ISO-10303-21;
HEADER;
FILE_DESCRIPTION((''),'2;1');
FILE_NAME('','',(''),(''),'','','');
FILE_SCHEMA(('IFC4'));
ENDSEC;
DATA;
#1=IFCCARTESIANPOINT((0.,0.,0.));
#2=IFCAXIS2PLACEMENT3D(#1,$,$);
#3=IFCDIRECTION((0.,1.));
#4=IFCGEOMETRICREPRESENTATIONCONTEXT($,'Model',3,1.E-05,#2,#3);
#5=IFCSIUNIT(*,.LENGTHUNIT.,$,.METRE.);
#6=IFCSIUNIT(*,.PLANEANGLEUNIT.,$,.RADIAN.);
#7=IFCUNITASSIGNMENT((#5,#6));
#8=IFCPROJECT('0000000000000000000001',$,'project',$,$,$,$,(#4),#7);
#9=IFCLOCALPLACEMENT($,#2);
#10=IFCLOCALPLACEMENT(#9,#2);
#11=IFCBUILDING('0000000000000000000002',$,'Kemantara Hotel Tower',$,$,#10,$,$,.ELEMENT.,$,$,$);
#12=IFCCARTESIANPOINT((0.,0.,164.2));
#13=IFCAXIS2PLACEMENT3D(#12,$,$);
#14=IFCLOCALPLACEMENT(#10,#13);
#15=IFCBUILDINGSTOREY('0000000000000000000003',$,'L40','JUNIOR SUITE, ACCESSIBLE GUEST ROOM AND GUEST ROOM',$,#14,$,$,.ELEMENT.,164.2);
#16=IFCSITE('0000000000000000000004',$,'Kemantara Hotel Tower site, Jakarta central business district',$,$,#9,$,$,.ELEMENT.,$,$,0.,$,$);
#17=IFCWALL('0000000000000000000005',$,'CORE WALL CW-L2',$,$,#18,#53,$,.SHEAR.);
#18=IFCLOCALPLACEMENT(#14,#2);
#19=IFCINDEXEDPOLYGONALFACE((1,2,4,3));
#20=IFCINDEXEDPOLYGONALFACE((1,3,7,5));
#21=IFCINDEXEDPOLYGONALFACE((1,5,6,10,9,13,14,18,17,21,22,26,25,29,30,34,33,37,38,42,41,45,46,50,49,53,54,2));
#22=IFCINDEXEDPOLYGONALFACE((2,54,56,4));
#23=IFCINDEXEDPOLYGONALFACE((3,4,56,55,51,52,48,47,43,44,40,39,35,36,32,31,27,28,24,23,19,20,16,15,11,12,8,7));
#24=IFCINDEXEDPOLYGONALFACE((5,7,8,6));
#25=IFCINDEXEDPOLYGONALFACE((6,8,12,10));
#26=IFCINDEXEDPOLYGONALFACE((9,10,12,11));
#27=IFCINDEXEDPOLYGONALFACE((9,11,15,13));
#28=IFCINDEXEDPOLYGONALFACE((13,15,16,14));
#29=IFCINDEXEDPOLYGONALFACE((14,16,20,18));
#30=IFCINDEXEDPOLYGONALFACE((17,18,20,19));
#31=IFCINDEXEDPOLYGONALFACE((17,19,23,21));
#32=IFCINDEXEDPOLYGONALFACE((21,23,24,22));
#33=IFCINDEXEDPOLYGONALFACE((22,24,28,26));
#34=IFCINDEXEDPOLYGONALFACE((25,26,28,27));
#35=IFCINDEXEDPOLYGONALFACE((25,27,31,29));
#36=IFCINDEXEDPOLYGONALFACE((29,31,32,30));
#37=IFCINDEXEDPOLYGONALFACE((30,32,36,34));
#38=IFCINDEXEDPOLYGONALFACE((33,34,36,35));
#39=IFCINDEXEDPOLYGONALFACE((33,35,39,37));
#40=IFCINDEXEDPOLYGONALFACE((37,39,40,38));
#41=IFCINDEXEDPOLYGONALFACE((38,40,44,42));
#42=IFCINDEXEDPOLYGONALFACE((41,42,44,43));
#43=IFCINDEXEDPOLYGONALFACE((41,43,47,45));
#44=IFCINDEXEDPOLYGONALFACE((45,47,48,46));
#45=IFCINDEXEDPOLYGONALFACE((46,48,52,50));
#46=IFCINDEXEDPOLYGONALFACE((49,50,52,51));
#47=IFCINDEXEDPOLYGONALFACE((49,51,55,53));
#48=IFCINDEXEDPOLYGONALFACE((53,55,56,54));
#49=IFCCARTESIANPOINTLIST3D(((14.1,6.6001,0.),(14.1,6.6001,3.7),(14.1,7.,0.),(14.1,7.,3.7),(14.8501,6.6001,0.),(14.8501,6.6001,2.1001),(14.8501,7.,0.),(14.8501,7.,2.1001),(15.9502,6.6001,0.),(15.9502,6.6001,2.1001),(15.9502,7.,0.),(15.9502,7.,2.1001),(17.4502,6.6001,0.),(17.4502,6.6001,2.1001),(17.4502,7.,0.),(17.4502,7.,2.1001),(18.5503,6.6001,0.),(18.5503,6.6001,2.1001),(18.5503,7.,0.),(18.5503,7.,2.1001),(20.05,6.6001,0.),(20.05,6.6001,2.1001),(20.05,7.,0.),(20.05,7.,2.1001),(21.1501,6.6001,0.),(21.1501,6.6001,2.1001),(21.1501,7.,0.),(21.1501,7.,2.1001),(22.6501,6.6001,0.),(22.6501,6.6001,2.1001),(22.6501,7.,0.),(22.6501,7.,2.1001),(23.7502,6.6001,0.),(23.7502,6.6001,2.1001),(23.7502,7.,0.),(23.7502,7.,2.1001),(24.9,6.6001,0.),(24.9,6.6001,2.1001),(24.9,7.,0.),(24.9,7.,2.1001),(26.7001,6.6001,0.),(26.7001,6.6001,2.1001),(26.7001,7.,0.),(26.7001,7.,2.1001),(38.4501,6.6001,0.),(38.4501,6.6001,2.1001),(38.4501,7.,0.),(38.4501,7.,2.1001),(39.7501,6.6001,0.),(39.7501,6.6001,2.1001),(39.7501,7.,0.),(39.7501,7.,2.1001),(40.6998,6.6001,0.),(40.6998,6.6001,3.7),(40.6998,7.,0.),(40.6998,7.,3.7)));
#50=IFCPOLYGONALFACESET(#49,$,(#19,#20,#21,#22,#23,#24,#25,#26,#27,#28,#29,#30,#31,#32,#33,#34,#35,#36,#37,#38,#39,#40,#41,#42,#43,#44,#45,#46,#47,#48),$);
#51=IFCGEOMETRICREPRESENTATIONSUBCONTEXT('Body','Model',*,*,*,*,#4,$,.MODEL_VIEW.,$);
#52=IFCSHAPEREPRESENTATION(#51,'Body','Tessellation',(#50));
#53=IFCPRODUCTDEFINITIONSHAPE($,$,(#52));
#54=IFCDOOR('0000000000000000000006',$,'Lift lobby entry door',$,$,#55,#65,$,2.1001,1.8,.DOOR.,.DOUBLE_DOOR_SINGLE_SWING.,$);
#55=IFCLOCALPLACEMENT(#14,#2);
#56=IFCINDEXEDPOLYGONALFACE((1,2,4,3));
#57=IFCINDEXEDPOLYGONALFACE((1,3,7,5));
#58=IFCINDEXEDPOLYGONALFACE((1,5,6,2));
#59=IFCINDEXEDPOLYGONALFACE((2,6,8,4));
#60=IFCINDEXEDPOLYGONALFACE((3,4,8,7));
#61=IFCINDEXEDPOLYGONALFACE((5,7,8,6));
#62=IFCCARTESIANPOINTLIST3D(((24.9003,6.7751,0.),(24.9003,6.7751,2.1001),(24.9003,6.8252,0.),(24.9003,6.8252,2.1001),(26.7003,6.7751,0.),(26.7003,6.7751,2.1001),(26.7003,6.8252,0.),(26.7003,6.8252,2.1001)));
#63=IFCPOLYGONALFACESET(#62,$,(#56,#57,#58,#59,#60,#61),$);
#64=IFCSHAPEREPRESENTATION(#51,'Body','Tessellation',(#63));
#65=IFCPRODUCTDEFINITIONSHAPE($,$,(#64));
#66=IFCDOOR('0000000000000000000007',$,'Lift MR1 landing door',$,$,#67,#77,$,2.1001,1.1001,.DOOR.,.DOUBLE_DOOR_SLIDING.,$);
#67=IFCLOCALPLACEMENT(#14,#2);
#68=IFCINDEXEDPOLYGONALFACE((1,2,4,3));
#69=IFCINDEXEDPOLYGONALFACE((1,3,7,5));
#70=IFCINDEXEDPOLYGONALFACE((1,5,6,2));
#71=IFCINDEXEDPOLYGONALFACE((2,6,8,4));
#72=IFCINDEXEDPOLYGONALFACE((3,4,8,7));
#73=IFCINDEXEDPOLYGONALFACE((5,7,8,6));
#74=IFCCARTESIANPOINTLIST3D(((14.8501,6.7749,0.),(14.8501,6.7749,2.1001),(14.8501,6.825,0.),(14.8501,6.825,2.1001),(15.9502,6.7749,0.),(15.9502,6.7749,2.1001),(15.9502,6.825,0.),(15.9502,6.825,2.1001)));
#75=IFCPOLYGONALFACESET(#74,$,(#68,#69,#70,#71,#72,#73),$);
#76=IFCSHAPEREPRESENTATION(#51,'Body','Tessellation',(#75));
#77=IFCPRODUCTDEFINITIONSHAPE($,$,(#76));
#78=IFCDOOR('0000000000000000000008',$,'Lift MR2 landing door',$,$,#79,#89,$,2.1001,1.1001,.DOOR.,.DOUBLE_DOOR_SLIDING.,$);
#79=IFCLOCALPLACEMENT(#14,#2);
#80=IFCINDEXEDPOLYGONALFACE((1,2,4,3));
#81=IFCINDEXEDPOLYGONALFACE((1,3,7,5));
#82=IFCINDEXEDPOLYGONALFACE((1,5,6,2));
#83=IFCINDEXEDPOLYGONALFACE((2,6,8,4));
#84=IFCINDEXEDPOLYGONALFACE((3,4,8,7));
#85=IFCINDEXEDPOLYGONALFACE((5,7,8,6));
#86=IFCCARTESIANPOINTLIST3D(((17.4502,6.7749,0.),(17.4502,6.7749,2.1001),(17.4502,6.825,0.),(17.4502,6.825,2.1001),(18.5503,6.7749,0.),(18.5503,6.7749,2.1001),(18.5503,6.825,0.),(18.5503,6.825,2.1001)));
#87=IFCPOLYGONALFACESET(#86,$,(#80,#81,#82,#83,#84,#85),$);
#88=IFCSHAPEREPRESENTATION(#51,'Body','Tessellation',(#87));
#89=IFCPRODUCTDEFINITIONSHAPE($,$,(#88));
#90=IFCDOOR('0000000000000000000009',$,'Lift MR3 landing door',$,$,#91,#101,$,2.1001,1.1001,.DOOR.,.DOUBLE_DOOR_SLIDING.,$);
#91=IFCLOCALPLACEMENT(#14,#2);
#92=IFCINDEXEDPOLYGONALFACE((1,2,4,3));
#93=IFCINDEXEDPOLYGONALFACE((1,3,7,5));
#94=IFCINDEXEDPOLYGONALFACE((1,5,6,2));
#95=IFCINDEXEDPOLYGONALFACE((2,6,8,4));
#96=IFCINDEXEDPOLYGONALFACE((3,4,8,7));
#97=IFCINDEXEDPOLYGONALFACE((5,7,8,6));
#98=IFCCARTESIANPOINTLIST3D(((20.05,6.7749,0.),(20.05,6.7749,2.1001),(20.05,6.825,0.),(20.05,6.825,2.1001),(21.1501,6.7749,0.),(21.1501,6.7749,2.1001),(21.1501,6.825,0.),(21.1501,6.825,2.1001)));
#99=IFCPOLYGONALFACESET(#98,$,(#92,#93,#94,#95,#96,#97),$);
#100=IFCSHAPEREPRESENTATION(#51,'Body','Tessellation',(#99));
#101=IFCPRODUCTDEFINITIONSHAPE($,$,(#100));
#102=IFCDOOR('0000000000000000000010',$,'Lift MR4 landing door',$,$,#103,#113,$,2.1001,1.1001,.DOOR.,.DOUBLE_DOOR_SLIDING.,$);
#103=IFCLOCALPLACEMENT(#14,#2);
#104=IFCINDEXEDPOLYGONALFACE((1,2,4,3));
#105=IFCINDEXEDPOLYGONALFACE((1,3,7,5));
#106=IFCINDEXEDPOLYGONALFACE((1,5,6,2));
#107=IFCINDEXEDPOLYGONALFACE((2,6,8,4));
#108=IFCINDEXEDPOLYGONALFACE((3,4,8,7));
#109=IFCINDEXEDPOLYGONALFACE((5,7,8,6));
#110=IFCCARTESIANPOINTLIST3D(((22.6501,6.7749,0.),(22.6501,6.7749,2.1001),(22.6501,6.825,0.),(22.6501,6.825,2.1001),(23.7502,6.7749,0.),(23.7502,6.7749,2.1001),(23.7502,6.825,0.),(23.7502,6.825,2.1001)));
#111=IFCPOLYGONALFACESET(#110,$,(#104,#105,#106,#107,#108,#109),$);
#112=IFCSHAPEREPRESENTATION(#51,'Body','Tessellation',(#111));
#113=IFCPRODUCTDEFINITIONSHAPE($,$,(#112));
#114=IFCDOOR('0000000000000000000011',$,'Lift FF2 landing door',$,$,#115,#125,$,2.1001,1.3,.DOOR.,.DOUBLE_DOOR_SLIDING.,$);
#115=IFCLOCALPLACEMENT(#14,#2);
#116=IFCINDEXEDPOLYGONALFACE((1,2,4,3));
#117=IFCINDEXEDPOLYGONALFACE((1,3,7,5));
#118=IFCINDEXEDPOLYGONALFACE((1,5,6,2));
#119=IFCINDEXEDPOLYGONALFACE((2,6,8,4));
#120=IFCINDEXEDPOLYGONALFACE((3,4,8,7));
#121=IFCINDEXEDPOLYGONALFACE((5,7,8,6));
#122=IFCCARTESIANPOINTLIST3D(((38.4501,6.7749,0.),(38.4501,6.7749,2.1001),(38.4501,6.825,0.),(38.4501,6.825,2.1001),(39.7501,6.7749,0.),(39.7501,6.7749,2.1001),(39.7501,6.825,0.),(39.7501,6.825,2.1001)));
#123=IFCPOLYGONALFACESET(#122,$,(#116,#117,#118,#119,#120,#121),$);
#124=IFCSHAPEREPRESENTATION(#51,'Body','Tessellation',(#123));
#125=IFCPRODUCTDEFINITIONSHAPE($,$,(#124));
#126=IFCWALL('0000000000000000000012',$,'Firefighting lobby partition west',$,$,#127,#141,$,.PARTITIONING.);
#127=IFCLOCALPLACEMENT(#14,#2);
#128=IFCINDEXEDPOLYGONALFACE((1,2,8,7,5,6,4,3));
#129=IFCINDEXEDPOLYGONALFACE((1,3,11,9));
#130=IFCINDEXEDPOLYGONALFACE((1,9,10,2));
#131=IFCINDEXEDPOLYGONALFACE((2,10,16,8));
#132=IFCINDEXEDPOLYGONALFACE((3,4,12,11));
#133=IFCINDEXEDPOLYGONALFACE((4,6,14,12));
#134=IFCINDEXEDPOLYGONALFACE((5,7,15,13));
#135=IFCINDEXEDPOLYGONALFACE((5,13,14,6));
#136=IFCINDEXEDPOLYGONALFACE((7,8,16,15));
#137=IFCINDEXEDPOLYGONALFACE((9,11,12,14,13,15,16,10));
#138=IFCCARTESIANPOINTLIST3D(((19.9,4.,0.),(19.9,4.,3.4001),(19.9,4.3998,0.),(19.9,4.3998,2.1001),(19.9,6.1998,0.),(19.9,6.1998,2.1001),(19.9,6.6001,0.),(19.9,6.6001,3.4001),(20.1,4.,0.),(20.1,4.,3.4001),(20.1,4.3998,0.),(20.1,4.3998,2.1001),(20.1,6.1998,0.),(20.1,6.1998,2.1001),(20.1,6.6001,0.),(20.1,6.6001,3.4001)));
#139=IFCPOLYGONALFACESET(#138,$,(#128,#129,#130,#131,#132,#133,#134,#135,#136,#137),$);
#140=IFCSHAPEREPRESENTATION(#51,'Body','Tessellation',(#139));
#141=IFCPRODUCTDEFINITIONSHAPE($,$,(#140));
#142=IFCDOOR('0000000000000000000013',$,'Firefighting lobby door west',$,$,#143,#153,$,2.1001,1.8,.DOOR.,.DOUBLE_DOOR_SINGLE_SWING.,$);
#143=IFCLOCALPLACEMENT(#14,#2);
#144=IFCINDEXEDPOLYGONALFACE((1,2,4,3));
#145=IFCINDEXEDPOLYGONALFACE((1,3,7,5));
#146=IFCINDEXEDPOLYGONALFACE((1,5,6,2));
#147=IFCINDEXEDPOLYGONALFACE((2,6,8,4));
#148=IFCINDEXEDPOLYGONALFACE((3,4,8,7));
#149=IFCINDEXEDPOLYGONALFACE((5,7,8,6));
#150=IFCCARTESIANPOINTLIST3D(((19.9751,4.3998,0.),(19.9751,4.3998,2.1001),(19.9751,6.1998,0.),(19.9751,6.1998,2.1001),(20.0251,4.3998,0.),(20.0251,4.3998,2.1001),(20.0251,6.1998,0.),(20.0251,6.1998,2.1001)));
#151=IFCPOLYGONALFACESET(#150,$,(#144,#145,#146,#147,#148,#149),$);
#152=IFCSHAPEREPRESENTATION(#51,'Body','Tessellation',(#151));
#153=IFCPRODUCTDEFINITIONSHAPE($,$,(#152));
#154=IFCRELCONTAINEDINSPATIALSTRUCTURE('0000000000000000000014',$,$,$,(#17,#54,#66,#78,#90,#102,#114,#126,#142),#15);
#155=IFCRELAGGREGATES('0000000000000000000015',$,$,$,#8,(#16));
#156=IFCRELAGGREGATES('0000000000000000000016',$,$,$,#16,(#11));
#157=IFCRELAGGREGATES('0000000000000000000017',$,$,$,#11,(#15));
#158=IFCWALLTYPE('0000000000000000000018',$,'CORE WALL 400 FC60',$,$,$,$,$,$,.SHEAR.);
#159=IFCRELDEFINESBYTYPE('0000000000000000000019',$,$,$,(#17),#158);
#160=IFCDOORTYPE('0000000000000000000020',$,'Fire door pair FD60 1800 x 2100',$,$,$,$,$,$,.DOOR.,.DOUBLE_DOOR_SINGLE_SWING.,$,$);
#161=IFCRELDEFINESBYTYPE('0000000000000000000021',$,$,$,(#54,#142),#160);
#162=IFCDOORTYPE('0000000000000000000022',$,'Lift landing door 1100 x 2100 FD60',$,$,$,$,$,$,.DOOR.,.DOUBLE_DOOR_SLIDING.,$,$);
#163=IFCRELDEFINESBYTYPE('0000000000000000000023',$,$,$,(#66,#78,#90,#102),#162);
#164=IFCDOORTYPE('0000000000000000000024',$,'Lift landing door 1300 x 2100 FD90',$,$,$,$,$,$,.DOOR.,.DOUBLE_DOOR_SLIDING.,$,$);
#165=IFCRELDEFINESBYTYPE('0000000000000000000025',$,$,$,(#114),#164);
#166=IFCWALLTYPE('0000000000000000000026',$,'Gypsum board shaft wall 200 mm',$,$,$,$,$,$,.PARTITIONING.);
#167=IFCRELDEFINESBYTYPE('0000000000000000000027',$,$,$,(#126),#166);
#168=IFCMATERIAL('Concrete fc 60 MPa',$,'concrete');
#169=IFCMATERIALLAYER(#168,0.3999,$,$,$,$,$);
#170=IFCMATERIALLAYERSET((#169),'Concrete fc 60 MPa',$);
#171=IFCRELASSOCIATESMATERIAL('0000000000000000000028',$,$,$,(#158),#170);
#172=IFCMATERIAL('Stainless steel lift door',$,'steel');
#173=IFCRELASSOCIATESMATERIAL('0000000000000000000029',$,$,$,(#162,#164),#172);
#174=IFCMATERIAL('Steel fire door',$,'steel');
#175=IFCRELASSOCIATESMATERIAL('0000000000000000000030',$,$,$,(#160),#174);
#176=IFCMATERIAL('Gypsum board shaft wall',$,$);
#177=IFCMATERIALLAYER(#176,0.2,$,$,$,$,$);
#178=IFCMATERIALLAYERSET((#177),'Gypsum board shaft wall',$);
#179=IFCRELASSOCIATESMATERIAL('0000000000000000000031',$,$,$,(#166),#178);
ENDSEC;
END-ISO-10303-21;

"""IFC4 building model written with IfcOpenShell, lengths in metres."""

from ifc_helpers import new_model, si_unit, direction, frame, frame_2d, origin, place, context, subcontext, project, spatial, rectangle, extrude, material, layer, layer_set, type_object, element, fill, save


model = new_model("IFC4")

# Units and contexts
model_context = context("Model", 3, precision=1e-05, world=origin(), true_north=direction((0.0, 1.0)))
body_context = subcontext(model_context, "Body", "Model", "MODEL_VIEW")
ifc_project = project(units=[si_unit("LENGTHUNIT", "METRE"), si_unit("PLANEANGLEUNIT", "RADIAN")], contexts=[model_context])

# Site, building, storey
site_placement = place(None, origin())
site = spatial("IfcSite", under=ifc_project, at=site_placement, Name="Kemantara Hotel Tower site, Jakarta central business district", CompositionType="ELEMENT", RefElevation=0.0)
building_placement = place(site_placement, origin())
building = spatial("IfcBuilding", under=site, at=building_placement, Name="Kemantara Hotel Tower", CompositionType="ELEMENT")
storey_placement = place(building_placement, frame((0.0, 0.0, 164.2)))
storey = spatial("IfcBuildingStorey", under=building, at=storey_placement, Name="L40", Description="JUNIOR SUITE, ACCESSIBLE GUEST ROOM AND GUEST ROOM", CompositionType="ELEMENT", Elevation=164.2)

# Shared definitions
ifc_material_1 = material(Name="Concrete fc 60 MPa", Category="concrete")
ifc_layer_1 = layer(ifc_material_1, 0.3999)
ifc_layer_set_1 = layer_set([ifc_layer_1], Name="Concrete fc 60 MPa")
wall_type_1 = type_object("IfcWallType", Name="CORE WALL 400 FC60", PredefinedType="SHEAR", material=ifc_layer_set_1)

# Wall, openings, doors
ifc_material_2 = material(Name="Steel fire door", Category="steel")
ifc_material_3 = material(Name="Stainless steel lift door", Category="steel")
door_type_1 = type_object("IfcDoorType", Name="Lift landing door 1100 x 2100 FD60", OperationType="DOUBLE_DOOR_SLIDING", PredefinedType="DOOR", material=ifc_material_3)
door_type_2 = type_object("IfcDoorType", Name="Lift landing door 1300 x 2100 FD90", OperationType="DOUBLE_DOOR_SLIDING", PredefinedType="DOOR", material=ifc_material_3)
wall_1_placement = place(storey_placement, frame((14.1001, 6.8, 0.0), z_axis=(0.0, 0.0, 1.0), x_axis=(1.0, 0.0, 0.0)))
wall_1 = element("IfcWall", 1, at=wall_1_placement, inside=storey, type_object=wall_type_1, Name="CORE WALL CW-L2", PredefinedType="SHEAR", context=body_context, shape_type="SweptSolid", body=[
    extrude(rectangle(XDim=26.5999, YDim=0.3999, at=frame_2d((13.2998, 0.0))), origin(), (0.0, 0.0, 1.0), 3.7),
])
opening_1_placement = place(wall_1_placement, frame((10.8, 0.0, 0.0)))
opening_1 = element("IfcOpeningElement", 2, at=opening_1_placement, cuts=wall_1, PredefinedType="OPENING", context=body_context, shape_type="SweptSolid", body=[
    extrude(rectangle(XDim=1.8, YDim=2.1001, at=frame_2d((0.8999, 1.05))), frame((0.0, 0.21, 0.0), z_axis=(0.0, -1.0, 0.0), x_axis=(1.0, 0.0, 0.0)), (0.0, 0.0, 1.0), 0.4199),
])
opening_2_placement = place(wall_1_placement, frame((0.75, 0.0, 0.0)))
opening_2 = element("IfcOpeningElement", 3, at=opening_2_placement, cuts=wall_1, PredefinedType="OPENING", context=body_context, shape_type="SweptSolid", body=[
    extrude(rectangle(XDim=1.1001, YDim=2.1001, at=frame_2d((0.55, 1.05))), frame((0.0, 0.21, 0.0), z_axis=(0.0, -1.0, 0.0), x_axis=(1.0, 0.0, 0.0)), (0.0, 0.0, 1.0), 0.4199),
])
opening_3_placement = place(wall_1_placement, frame((3.3501, 0.0, 0.0)))
opening_3 = element("IfcOpeningElement", 4, at=opening_3_placement, cuts=wall_1, PredefinedType="OPENING", context=body_context, shape_type="SweptSolid", body=[
    extrude(rectangle(XDim=1.1001, YDim=2.1001, at=frame_2d((0.55, 1.05))), frame((0.0, 0.21, 0.0), z_axis=(0.0, -1.0, 0.0), x_axis=(1.0, 0.0, 0.0)), (0.0, 0.0, 1.0), 0.4199),
])
opening_4_placement = place(wall_1_placement, frame((5.95, 0.0, 0.0)))
opening_4 = element("IfcOpeningElement", 5, at=opening_4_placement, cuts=wall_1, PredefinedType="OPENING", context=body_context, shape_type="SweptSolid", body=[
    extrude(rectangle(XDim=1.1001, YDim=2.1001, at=frame_2d((0.55, 1.05))), frame((0.0, 0.21, 0.0), z_axis=(0.0, -1.0, 0.0), x_axis=(1.0, 0.0, 0.0)), (0.0, 0.0, 1.0), 0.4199),
])
opening_5_placement = place(wall_1_placement, frame((8.55, 0.0, 0.0)))
opening_5 = element("IfcOpeningElement", 6, at=opening_5_placement, cuts=wall_1, PredefinedType="OPENING", context=body_context, shape_type="SweptSolid", body=[
    extrude(rectangle(XDim=1.1001, YDim=2.1001, at=frame_2d((0.55, 1.05))), frame((0.0, 0.21, 0.0), z_axis=(0.0, -1.0, 0.0), x_axis=(1.0, 0.0, 0.0)), (0.0, 0.0, 1.0), 0.4199),
])
opening_6_placement = place(wall_1_placement, frame((24.3501, 0.0, 0.0)))
opening_6 = element("IfcOpeningElement", 7, at=opening_6_placement, cuts=wall_1, PredefinedType="OPENING", context=body_context, shape_type="SweptSolid", body=[
    extrude(rectangle(XDim=1.3, YDim=2.1001, at=frame_2d((0.6499, 1.05))), frame((0.0, 0.21, 0.0), z_axis=(0.0, -1.0, 0.0), x_axis=(1.0, 0.0, 0.0)), (0.0, 0.0, 1.0), 0.4199),
])
door_type_3 = type_object("IfcDoorType", Name="Fire door pair FD60 1800 x 2100", OperationType="DOUBLE_DOOR_SINGLE_SWING", PredefinedType="DOOR", material=ifc_material_2)
door_1_placement = place(opening_1_placement, frame((1.8, 0.0, 0.0), z_axis=(0.0, 0.0, 1.0), x_axis=(-1.0, 0.0, 0.0)))
door_1 = element("IfcDoor", 8, at=door_1_placement, inside=storey, type_object=door_type_3, Name="Lift lobby entry door", OperationType="DOUBLE_DOOR_SINGLE_SWING", OverallHeight=2.1001, OverallWidth=1.8, PredefinedType="DOOR", context=body_context, shape_type="SweptSolid", body=[
    extrude(rectangle(XDim=1.8, YDim=2.1001, at=frame_2d((0.8999, 1.05))), frame((0.0, 0.0249, 0.0), z_axis=(0.0, -1.0, 0.0), x_axis=(1.0, 0.0, 0.0)), (0.0, 0.0, 1.0), 0.05),
])
fill(opening_1, door_1)
door_2_placement = place(opening_2_placement, origin())
door_2 = element("IfcDoor", 9, at=door_2_placement, inside=storey, type_object=door_type_1, Name="Lift MR1 landing door", OperationType="DOUBLE_DOOR_SLIDING", OverallHeight=2.1001, OverallWidth=1.1001, PredefinedType="DOOR", context=body_context, shape_type="SweptSolid", body=[
    extrude(rectangle(XDim=1.1001, YDim=2.1001, at=frame_2d((0.55, 1.05))), frame((0.0, 0.0249, 0.0), z_axis=(0.0, -1.0, 0.0), x_axis=(1.0, 0.0, 0.0)), (0.0, 0.0, 1.0), 0.05),
])
fill(opening_2, door_2)
door_3_placement = place(opening_3_placement, origin())
door_3 = element("IfcDoor", 10, at=door_3_placement, inside=storey, type_object=door_type_1, Name="Lift MR2 landing door", OperationType="DOUBLE_DOOR_SLIDING", OverallHeight=2.1001, OverallWidth=1.1001, PredefinedType="DOOR", context=body_context, shape_type="SweptSolid", body=[
    extrude(rectangle(XDim=1.1001, YDim=2.1001, at=frame_2d((0.55, 1.05))), frame((0.0, 0.0249, 0.0), z_axis=(0.0, -1.0, 0.0), x_axis=(1.0, 0.0, 0.0)), (0.0, 0.0, 1.0), 0.05),
])
fill(opening_3, door_3)
door_4_placement = place(opening_4_placement, origin())
door_4 = element("IfcDoor", 11, at=door_4_placement, inside=storey, type_object=door_type_1, Name="Lift MR3 landing door", OperationType="DOUBLE_DOOR_SLIDING", OverallHeight=2.1001, OverallWidth=1.1001, PredefinedType="DOOR", context=body_context, shape_type="SweptSolid", body=[
    extrude(rectangle(XDim=1.1001, YDim=2.1001, at=frame_2d((0.55, 1.05))), frame((0.0, 0.0249, 0.0), z_axis=(0.0, -1.0, 0.0), x_axis=(1.0, 0.0, 0.0)), (0.0, 0.0, 1.0), 0.05),
])
fill(opening_4, door_4)
door_5_placement = place(opening_5_placement, origin())
door_5 = element("IfcDoor", 12, at=door_5_placement, inside=storey, type_object=door_type_1, Name="Lift MR4 landing door", OperationType="DOUBLE_DOOR_SLIDING", OverallHeight=2.1001, OverallWidth=1.1001, PredefinedType="DOOR", context=body_context, shape_type="SweptSolid", body=[
    extrude(rectangle(XDim=1.1001, YDim=2.1001, at=frame_2d((0.55, 1.05))), frame((0.0, 0.0249, 0.0), z_axis=(0.0, -1.0, 0.0), x_axis=(1.0, 0.0, 0.0)), (0.0, 0.0, 1.0), 0.05),
])
fill(opening_5, door_5)
door_6_placement = place(opening_6_placement, origin())
door_6 = element("IfcDoor", 13, at=door_6_placement, inside=storey, type_object=door_type_2, Name="Lift FF2 landing door", OperationType="DOUBLE_DOOR_SLIDING", OverallHeight=2.1001, OverallWidth=1.3, PredefinedType="DOOR", context=body_context, shape_type="SweptSolid", body=[
    extrude(rectangle(XDim=1.3, YDim=2.1001, at=frame_2d((0.6499, 1.05))), frame((0.0, 0.0249, 0.0), z_axis=(0.0, -1.0, 0.0), x_axis=(1.0, 0.0, 0.0)), (0.0, 0.0, 1.0), 0.05),
])
fill(opening_6, door_6)

# Wall, opening, door
ifc_material_4 = material(Name="Gypsum board shaft wall")
ifc_layer_2 = layer(ifc_material_4, 0.2)
ifc_layer_set_2 = layer_set([ifc_layer_2], Name="Gypsum board shaft wall")
wall_type_2 = type_object("IfcWallType", Name="Gypsum board shaft wall 200 mm", PredefinedType="PARTITIONING", material=ifc_layer_set_2)
wall_2_placement = place(storey_placement, frame((20.0, 4.0, 0.0), z_axis=(0.0, 0.0, 1.0), x_axis=(0.0, 1.0, 0.0)))
wall_2 = element("IfcWall", 14, at=wall_2_placement, inside=storey, type_object=wall_type_2, Name="Firefighting lobby partition west", PredefinedType="PARTITIONING", context=body_context, shape_type="SweptSolid", body=[
    extrude(rectangle(XDim=2.6001, YDim=0.2, at=frame_2d((1.3, 0.0))), origin(), (0.0, 0.0, 1.0), 3.4001),
])
opening_7_placement = place(wall_2_placement, frame((0.3999, 0.0, 0.0)))
opening_7 = element("IfcOpeningElement", 15, at=opening_7_placement, cuts=wall_2, PredefinedType="OPENING", context=body_context, shape_type="SweptSolid", body=[
    extrude(rectangle(XDim=1.8, YDim=2.1001, at=frame_2d((0.8999, 1.05))), frame((0.0, 0.1099, 0.0), z_axis=(0.0, -1.0, 0.0), x_axis=(1.0, 0.0, 0.0)), (0.0, 0.0, 1.0), 0.22),
])
door_7_placement = place(opening_7_placement, origin())
door_7 = element("IfcDoor", 16, at=door_7_placement, inside=storey, type_object=door_type_3, Name="Firefighting lobby door west", OperationType="DOUBLE_DOOR_SINGLE_SWING", OverallHeight=2.1001, OverallWidth=1.8, PredefinedType="DOOR", context=body_context, shape_type="SweptSolid", body=[
    extrude(rectangle(XDim=1.8, YDim=2.1001, at=frame_2d((0.8999, 1.05))), frame((0.0, 0.0249, 0.0), z_axis=(0.0, -1.0, 0.0), x_axis=(1.0, 0.0, 0.0)), (0.0, 0.0, 1.0), 0.05),
])
fill(opening_7, door_7)

save(model, "model.ifc")
